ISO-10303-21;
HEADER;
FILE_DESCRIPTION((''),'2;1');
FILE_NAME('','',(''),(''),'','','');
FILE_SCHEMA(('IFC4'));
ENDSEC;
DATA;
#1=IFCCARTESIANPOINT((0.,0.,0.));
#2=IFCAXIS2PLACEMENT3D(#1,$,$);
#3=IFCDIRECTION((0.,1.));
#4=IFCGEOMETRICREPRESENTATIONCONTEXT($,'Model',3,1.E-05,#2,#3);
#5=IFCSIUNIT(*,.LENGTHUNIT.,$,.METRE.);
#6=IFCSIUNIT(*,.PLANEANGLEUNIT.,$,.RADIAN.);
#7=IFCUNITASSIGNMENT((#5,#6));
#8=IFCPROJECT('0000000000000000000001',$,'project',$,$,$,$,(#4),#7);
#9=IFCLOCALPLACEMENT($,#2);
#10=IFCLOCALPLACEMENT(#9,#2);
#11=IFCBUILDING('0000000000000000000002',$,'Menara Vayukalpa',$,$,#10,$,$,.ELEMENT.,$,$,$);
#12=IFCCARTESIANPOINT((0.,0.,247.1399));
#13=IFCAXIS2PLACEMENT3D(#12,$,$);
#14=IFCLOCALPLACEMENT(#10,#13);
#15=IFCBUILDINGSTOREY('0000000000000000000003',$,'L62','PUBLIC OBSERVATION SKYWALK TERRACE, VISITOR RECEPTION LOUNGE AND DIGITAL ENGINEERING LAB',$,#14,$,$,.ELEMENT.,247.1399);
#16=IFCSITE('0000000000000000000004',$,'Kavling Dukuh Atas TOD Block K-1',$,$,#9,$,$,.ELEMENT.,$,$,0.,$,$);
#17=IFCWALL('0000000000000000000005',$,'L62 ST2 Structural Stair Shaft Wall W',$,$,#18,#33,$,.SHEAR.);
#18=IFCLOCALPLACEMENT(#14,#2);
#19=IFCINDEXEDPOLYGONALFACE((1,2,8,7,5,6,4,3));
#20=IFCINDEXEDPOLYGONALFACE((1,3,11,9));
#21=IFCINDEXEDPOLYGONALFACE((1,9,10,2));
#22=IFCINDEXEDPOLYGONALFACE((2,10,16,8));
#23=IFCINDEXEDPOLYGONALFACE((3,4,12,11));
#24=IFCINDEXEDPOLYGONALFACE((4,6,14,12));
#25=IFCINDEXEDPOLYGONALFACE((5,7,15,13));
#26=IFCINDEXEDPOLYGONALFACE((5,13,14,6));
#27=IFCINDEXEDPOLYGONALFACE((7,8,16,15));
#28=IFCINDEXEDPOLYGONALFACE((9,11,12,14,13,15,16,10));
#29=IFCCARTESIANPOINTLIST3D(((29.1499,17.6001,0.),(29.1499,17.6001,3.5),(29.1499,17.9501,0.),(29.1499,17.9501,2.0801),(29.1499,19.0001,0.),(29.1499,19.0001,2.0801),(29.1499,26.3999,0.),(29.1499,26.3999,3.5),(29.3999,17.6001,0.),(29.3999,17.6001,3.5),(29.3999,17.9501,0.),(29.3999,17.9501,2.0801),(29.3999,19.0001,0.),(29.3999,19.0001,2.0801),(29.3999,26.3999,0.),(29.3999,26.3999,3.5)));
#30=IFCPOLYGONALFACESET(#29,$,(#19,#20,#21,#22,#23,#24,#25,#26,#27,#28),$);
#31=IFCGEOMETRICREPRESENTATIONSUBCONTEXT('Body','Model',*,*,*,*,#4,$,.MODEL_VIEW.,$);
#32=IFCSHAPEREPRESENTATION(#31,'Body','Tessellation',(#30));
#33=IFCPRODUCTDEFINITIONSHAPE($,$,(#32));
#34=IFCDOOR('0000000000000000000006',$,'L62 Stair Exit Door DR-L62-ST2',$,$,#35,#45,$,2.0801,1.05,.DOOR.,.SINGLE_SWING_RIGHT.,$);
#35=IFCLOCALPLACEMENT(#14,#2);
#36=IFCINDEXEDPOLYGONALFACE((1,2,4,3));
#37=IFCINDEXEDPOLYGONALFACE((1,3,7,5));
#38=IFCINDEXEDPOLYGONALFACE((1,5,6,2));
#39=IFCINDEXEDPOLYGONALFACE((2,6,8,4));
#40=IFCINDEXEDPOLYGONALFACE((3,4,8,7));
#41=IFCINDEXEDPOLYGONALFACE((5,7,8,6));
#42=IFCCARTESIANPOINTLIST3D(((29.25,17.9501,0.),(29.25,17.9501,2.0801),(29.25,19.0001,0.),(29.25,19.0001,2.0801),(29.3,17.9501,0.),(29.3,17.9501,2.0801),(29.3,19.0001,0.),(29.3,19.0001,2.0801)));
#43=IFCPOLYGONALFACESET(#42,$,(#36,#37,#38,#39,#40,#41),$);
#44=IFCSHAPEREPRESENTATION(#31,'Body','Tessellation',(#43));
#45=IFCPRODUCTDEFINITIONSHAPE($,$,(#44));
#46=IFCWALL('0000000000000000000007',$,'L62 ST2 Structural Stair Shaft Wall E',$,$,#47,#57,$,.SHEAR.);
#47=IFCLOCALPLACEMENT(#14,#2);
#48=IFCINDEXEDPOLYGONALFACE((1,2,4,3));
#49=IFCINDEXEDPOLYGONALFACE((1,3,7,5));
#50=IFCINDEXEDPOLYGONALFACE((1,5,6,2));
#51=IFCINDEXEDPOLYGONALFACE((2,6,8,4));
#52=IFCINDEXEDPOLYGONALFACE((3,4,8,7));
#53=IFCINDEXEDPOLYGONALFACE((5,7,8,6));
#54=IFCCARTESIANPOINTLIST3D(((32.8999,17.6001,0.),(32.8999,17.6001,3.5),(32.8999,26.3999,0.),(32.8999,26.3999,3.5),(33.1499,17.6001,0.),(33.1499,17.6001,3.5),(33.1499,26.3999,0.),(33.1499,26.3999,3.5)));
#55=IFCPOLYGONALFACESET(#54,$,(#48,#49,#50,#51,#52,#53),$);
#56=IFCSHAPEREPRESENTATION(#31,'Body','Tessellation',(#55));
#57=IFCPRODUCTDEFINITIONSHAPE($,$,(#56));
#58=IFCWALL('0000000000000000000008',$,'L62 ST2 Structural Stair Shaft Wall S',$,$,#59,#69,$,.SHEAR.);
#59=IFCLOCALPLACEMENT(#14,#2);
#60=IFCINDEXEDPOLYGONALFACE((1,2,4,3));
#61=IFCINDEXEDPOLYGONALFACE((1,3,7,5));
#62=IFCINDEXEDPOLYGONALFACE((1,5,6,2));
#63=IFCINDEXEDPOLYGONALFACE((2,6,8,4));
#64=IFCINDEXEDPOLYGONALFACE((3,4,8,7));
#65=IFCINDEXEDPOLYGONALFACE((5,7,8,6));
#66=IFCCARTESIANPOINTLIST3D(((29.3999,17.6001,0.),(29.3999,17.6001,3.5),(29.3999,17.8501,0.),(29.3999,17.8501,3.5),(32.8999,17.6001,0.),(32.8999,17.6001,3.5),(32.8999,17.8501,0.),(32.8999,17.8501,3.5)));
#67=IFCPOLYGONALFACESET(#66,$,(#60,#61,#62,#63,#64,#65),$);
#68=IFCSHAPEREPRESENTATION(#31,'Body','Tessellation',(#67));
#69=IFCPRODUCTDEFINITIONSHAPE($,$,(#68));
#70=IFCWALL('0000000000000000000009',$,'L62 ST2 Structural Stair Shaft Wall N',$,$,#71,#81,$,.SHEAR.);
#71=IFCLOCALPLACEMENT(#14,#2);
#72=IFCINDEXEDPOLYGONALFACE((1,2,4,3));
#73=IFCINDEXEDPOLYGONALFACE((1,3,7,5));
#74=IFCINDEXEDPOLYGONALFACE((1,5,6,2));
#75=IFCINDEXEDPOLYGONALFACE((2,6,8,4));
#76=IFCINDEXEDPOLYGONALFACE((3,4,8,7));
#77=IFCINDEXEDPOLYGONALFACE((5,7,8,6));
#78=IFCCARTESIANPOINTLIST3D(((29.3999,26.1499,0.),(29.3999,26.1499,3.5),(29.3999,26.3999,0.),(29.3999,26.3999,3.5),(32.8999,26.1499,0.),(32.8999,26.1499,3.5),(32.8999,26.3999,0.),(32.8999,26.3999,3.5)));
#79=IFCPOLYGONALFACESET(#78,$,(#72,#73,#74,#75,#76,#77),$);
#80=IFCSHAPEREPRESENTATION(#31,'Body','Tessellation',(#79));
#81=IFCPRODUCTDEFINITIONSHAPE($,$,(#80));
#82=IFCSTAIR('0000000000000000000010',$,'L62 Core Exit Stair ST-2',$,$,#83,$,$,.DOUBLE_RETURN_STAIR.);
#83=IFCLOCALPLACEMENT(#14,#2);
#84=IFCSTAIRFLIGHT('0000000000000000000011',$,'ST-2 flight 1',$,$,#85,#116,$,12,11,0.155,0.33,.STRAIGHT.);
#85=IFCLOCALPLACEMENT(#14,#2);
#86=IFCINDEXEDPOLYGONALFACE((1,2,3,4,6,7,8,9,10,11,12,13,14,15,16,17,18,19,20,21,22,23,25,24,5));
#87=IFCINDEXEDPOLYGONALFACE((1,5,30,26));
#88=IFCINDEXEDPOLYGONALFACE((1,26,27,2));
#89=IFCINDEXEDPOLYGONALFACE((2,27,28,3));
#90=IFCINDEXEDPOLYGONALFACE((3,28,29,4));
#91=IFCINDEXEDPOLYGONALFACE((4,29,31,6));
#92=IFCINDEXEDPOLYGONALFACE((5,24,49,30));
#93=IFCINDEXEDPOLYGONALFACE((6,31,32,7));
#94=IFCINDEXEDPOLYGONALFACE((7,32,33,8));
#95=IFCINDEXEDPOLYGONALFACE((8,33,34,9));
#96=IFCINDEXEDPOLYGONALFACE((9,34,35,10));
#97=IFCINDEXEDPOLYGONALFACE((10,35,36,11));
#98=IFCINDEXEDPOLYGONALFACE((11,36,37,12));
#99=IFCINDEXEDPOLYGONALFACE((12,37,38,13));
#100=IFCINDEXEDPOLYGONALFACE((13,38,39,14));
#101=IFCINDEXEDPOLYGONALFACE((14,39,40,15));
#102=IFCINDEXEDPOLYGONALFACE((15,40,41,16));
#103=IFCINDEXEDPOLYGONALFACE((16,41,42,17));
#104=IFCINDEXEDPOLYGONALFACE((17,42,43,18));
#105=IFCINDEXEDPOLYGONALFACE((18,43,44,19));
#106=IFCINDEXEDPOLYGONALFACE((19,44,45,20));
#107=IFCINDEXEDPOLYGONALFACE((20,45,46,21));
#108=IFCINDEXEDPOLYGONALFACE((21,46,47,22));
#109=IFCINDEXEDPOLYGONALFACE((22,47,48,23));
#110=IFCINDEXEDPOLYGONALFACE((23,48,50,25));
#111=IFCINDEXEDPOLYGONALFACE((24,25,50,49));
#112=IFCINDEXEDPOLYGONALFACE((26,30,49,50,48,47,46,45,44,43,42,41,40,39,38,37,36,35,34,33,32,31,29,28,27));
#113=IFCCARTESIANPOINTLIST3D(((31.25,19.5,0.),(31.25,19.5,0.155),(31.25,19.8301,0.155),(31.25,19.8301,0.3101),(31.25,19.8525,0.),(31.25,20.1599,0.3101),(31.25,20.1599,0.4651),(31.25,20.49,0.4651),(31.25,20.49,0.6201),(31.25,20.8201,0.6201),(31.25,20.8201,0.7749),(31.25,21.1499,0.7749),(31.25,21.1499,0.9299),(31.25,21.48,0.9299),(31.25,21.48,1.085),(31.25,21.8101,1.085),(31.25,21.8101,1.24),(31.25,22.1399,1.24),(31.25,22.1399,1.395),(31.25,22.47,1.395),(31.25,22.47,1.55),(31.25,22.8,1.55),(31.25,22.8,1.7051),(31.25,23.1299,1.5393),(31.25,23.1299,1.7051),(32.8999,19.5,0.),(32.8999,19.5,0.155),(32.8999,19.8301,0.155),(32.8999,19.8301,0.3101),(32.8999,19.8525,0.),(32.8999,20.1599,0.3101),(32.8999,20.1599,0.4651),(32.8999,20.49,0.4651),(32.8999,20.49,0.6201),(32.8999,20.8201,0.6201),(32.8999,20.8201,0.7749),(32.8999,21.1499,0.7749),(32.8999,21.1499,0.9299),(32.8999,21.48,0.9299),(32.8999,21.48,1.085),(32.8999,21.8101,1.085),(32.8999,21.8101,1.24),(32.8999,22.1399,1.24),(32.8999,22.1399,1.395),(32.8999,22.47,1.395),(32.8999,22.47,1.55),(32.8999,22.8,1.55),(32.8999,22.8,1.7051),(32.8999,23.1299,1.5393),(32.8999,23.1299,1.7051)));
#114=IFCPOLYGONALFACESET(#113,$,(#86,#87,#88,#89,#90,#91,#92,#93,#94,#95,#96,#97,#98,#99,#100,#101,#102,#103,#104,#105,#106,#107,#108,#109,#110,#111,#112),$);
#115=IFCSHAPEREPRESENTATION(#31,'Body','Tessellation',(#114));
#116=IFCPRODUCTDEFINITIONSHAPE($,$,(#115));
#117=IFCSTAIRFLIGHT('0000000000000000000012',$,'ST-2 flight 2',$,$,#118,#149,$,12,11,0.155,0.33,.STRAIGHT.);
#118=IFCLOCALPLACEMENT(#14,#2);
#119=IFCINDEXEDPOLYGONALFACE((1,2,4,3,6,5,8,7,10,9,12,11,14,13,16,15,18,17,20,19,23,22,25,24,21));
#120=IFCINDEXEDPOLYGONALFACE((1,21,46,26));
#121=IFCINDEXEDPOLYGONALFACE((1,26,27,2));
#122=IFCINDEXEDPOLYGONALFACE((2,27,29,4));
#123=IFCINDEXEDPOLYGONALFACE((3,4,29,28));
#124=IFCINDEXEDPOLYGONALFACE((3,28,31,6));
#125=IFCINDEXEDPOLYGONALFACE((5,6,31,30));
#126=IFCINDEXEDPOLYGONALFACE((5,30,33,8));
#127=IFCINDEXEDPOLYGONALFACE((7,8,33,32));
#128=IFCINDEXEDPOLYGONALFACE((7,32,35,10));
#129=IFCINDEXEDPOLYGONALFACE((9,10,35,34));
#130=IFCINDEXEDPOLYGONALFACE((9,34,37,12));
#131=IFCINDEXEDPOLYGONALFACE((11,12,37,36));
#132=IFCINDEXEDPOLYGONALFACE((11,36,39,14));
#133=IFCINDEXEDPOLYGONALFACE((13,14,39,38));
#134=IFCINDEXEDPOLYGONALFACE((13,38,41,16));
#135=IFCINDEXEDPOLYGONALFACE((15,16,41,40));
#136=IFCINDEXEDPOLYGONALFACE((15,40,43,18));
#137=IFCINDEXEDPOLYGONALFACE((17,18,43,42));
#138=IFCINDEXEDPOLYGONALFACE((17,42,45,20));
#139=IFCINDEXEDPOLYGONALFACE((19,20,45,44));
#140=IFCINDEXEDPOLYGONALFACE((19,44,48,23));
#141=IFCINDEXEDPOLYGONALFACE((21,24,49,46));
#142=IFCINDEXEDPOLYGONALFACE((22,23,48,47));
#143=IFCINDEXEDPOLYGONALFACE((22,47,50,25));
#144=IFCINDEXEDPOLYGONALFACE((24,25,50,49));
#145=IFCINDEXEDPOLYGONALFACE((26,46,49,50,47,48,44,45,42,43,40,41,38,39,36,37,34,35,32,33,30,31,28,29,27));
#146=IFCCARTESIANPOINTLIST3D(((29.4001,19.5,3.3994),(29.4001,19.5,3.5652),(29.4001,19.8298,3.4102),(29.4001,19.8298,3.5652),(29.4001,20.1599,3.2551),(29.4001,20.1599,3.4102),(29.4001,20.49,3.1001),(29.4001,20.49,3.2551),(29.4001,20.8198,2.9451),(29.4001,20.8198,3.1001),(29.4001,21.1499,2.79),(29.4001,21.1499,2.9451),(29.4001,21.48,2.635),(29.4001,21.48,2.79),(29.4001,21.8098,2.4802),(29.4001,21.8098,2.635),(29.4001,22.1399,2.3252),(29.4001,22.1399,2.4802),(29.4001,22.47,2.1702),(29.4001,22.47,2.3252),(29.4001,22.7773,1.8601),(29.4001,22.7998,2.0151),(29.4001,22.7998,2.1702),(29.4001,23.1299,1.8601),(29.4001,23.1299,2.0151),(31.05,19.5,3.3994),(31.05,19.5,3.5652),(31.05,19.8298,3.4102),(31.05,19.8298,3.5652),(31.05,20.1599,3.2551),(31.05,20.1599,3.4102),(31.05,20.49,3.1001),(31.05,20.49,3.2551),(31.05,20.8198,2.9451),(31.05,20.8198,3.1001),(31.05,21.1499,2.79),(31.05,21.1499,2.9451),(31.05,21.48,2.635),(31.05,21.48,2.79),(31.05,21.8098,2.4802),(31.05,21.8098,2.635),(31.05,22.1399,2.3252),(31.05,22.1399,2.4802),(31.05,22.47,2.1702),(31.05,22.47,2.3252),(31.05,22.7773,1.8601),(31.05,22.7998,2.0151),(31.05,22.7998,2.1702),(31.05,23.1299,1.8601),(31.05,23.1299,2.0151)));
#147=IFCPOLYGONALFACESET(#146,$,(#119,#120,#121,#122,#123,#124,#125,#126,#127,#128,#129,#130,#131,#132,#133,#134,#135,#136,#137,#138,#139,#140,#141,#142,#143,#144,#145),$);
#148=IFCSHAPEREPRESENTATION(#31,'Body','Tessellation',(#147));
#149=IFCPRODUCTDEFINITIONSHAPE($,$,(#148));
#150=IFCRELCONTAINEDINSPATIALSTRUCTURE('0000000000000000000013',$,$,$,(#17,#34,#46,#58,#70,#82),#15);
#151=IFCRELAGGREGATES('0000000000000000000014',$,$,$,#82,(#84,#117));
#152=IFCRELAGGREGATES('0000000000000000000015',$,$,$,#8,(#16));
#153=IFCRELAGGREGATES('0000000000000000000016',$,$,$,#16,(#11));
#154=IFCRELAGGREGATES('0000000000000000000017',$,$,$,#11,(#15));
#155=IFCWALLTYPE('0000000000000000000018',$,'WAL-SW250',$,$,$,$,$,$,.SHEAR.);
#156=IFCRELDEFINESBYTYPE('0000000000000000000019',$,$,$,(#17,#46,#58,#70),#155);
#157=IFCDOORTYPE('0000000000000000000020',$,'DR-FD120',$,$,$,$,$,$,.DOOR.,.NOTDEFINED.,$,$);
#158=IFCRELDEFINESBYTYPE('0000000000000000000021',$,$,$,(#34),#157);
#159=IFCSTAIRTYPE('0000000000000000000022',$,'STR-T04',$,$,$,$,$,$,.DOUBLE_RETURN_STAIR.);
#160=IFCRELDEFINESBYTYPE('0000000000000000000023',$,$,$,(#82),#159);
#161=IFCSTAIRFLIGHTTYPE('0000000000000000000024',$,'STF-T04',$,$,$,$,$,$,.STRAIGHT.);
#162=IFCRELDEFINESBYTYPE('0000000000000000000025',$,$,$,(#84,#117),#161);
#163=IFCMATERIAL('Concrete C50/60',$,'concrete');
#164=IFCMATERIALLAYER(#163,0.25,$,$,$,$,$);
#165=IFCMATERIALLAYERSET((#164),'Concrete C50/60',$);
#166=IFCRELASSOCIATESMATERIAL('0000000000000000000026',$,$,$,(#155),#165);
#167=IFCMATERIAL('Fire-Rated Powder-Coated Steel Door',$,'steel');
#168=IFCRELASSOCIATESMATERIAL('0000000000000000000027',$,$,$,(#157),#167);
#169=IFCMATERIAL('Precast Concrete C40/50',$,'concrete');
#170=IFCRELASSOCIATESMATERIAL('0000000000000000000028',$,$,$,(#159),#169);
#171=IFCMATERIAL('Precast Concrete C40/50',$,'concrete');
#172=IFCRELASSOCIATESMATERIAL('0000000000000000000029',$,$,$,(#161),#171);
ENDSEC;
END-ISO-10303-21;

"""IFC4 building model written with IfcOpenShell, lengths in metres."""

from ifc_helpers import new_model, si_unit, direction, frame, frame_2d, origin, place, context, subcontext, project, spatial, polyline, rectangle, outline, extrude, material, layer, layer_set, type_object, element, fill, aggregate, save


model = new_model("IFC4")

# Units and contexts
model_context = context("Model", 3, precision=1e-05, world=origin(), true_north=direction((0.0, 1.0)))
body_context = subcontext(model_context, "Body", "Model", "MODEL_VIEW")
ifc_project = project(units=[si_unit("LENGTHUNIT", "METRE"), si_unit("PLANEANGLEUNIT", "RADIAN")], contexts=[model_context])

# Site, building, storey
site_placement = place(None, origin())
site = spatial("IfcSite", under=ifc_project, at=site_placement, Name="Kavling Dukuh Atas TOD Block K-1", CompositionType="ELEMENT", RefElevation=0.0)
building_placement = place(site_placement, origin())
building = spatial("IfcBuilding", under=site, at=building_placement, Name="Menara Vayukalpa", CompositionType="ELEMENT")
storey_placement = place(building_placement, frame((0.0, 0.0, 247.1399)))
storey = spatial("IfcBuildingStorey", under=building, at=storey_placement, Name="L62", Description="PUBLIC OBSERVATION SKYWALK TERRACE, VISITOR RECEPTION LOUNGE AND DIGITAL ENGINEERING LAB", CompositionType="ELEMENT", Elevation=247.1399)

# Wall, opening, door
ifc_material_1 = material(Name="Concrete C50/60", Category="concrete")
ifc_layer_1 = layer(ifc_material_1, 0.25)
ifc_layer_set_1 = layer_set([ifc_layer_1], Name="Concrete C50/60")
wall_type_1 = type_object("IfcWallType", Name="WAL-SW250", PredefinedType="SHEAR", material=ifc_layer_set_1)
wall_1_placement = place(storey_placement, frame((29.2749, 17.6001, 0.0), z_axis=(0.0, 0.0, 1.0), x_axis=(0.0, 1.0, 0.0)))
wall_1 = element("IfcWall", 1, at=wall_1_placement, inside=storey, type_object=wall_type_1, Name="L62 ST2 Structural Stair Shaft Wall W", PredefinedType="SHEAR", context=body_context, shape_type="SweptSolid", body=[
    extrude(rectangle(XDim=8.7998, YDim=0.25, at=frame_2d((4.3999, 0.0))), origin(), (0.0, 0.0, 1.0), 3.5),
])
opening_placement = place(wall_1_placement, frame((0.3501, 0.0, 0.0)))
opening = element("IfcOpeningElement", 2, at=opening_placement, cuts=wall_1, PredefinedType="OPENING", context=body_context, shape_type="SweptSolid", body=[
    extrude(rectangle(XDim=1.05, YDim=2.0801, at=frame_2d((0.5249, 1.04))), frame((0.0, 0.135, 0.0), z_axis=(0.0, -1.0, 0.0), x_axis=(1.0, 0.0, 0.0)), (0.0, 0.0, 1.0), 0.27),
])
ifc_material_2 = material(Name="Fire-Rated Powder-Coated Steel Door", Category="steel")
door_type = type_object("IfcDoorType", Name="DR-FD120", OperationType="NOTDEFINED", PredefinedType="DOOR", material=ifc_material_2)
door_placement = place(opening_placement, origin())
door = element("IfcDoor", 3, at=door_placement, inside=storey, type_object=door_type, Name="L62 Stair Exit Door DR-L62-ST2", OperationType="SINGLE_SWING_RIGHT", OverallHeight=2.0801, OverallWidth=1.05, PredefinedType="DOOR", context=body_context, shape_type="SweptSolid", body=[
    extrude(rectangle(XDim=1.05, YDim=2.0801, at=frame_2d((0.5249, 1.04))), frame((0.0, 0.0249, 0.0), z_axis=(0.0, -1.0, 0.0), x_axis=(1.0, 0.0, 0.0)), (0.0, 0.0, 1.0), 0.05),
])
fill(opening, door)

# Walls
wall_2_placement = place(storey_placement, frame((33.0249, 17.6001, 0.0), z_axis=(0.0, 0.0, 1.0), x_axis=(0.0, 1.0, 0.0)))
element("IfcWall", 4, at=wall_2_placement, inside=storey, type_object=wall_type_1, Name="L62 ST2 Structural Stair Shaft Wall E", PredefinedType="SHEAR", context=body_context, shape_type="SweptSolid", body=[
    extrude(rectangle(XDim=8.7998, YDim=0.25, at=frame_2d((4.3999, 0.0))), origin(), (0.0, 0.0, 1.0), 3.5),
])
for number, where, z_axis, x_axis, name in (
    (5, (29.3999, 17.7251, 0.0), (0.0, 0.0, 1.0), (1.0, 0.0, 0.0), "L62 ST2 Structural Stair Shaft Wall S"),
    (6, (29.3999, 26.2749, 0.0), (0.0, 0.0, 1.0), (1.0, 0.0, 0.0), "L62 ST2 Structural Stair Shaft Wall N"),
):
    element("IfcWall", number, at=place(storey_placement, frame(where, z_axis=z_axis, x_axis=x_axis)), inside=storey, type_object=wall_type_1, Name=name, PredefinedType="SHEAR", context=body_context, shape_type="SweptSolid", body=[
        extrude(rectangle(XDim=3.5, YDim=0.25, at=frame_2d((1.75, 0.0))), origin(), (0.0, 0.0, 1.0), 3.5),
    ])

# Stair, stair flights
ifc_material_3 = material(Name="Precast Concrete C40/50", Category="concrete")
stair_type = type_object("IfcStairType", Name="STR-T04", PredefinedType="DOUBLE_RETURN_STAIR", material=ifc_material_3)
stair_placement = place(storey_placement, origin())
stair = element("IfcStair", 7, at=stair_placement, inside=storey, type_object=stair_type, Name="L62 Core Exit Stair ST-2", PredefinedType="DOUBLE_RETURN_STAIR")
ifc_material_4 = material(Name="Precast Concrete C40/50", Category="concrete")
stair_flight_type = type_object("IfcStairFlightType", Name="STF-T04", PredefinedType="STRAIGHT", material=ifc_material_4)
stair_flight_1_placement = place(storey_placement, frame((32.075, 19.5, 0.0), z_axis=(0.0, 0.0, 1.0), x_axis=(0.0, 1.0, 0.0)))
stair_flight_1 = element("IfcStairFlight", 8, at=stair_flight_1_placement, type_object=stair_flight_type, Name="ST-2 flight 1", NumberOfRisers=12, NumberOfTreads=11, PredefinedType="STRAIGHT", RiserHeight=0.155, TreadLength=0.33, context=body_context, shape_type="SweptSolid", body=[
    extrude(outline(polyline([(0.0, 0.0), (0.0, 0.155), (0.3301, 0.155), (0.3301, 0.3101), (0.6599, 0.3101), (0.6599, 0.4651), (0.99, 0.4651), (0.99, 0.6201), (1.3201, 0.6201), (1.3201, 0.7749), (1.6499, 0.7749), (1.6499, 0.9299), (1.98, 0.9299), (1.98, 1.085), (2.3101, 1.085), (2.3101, 1.24), (2.6399, 1.24), (2.6399, 1.395), (2.97, 1.395), (2.97, 1.55), (3.3, 1.55), (3.3, 1.7051), (3.6299, 1.7051), (3.6299, 1.8601), (3.6299, 1.5393), (0.3525, 0.0), (0.0, 0.0)])), frame((0.0, 0.825, 0.0), z_axis=(0.0, -1.0, 0.0), x_axis=(1.0, 0.0, 0.0)), (0.0, 0.0, 1.0), 1.6499),
])
stair_flight_2_placement = place(storey_placement, frame((30.2251, 23.1299, 1.8601), z_axis=(0.0, 0.0, 1.0), x_axis=(0.0, -1.0, 0.0)))
stair_flight_2 = element("IfcStairFlight", 9, at=stair_flight_2_placement, type_object=stair_flight_type, Name="ST-2 flight 2", NumberOfRisers=12, NumberOfTreads=11, PredefinedType="STRAIGHT", RiserHeight=0.155, TreadLength=0.33, context=body_context, shape_type="SweptSolid", body=[
    extrude(outline(polyline([(0.0, 0.0), (0.0, 0.155), (0.3301, 0.155), (0.3301, 0.3101), (0.6599, 0.3101), (0.6599, 0.4651), (0.99, 0.4651), (0.99, 0.6201), (1.3201, 0.6201), (1.3201, 0.7749), (1.6499, 0.7749), (1.6499, 0.9299), (1.98, 0.9299), (1.98, 1.085), (2.3101, 1.085), (2.3101, 1.24), (2.6399, 1.24), (2.6399, 1.395), (2.97, 1.395), (2.97, 1.55), (3.3, 1.55), (3.3, 1.7051), (3.6299, 1.7051), (3.6299, 1.8601), (3.6299, 1.5393), (0.3525, 0.0), (0.0, 0.0)])), frame((0.0, 0.825, 0.0), z_axis=(0.0, -1.0, 0.0), x_axis=(1.0, 0.0, 0.0)), (0.0, 0.0, 1.0), 1.6499),
])
aggregate(stair, [stair_flight_1, stair_flight_2])

save(model, "model.ifc")
